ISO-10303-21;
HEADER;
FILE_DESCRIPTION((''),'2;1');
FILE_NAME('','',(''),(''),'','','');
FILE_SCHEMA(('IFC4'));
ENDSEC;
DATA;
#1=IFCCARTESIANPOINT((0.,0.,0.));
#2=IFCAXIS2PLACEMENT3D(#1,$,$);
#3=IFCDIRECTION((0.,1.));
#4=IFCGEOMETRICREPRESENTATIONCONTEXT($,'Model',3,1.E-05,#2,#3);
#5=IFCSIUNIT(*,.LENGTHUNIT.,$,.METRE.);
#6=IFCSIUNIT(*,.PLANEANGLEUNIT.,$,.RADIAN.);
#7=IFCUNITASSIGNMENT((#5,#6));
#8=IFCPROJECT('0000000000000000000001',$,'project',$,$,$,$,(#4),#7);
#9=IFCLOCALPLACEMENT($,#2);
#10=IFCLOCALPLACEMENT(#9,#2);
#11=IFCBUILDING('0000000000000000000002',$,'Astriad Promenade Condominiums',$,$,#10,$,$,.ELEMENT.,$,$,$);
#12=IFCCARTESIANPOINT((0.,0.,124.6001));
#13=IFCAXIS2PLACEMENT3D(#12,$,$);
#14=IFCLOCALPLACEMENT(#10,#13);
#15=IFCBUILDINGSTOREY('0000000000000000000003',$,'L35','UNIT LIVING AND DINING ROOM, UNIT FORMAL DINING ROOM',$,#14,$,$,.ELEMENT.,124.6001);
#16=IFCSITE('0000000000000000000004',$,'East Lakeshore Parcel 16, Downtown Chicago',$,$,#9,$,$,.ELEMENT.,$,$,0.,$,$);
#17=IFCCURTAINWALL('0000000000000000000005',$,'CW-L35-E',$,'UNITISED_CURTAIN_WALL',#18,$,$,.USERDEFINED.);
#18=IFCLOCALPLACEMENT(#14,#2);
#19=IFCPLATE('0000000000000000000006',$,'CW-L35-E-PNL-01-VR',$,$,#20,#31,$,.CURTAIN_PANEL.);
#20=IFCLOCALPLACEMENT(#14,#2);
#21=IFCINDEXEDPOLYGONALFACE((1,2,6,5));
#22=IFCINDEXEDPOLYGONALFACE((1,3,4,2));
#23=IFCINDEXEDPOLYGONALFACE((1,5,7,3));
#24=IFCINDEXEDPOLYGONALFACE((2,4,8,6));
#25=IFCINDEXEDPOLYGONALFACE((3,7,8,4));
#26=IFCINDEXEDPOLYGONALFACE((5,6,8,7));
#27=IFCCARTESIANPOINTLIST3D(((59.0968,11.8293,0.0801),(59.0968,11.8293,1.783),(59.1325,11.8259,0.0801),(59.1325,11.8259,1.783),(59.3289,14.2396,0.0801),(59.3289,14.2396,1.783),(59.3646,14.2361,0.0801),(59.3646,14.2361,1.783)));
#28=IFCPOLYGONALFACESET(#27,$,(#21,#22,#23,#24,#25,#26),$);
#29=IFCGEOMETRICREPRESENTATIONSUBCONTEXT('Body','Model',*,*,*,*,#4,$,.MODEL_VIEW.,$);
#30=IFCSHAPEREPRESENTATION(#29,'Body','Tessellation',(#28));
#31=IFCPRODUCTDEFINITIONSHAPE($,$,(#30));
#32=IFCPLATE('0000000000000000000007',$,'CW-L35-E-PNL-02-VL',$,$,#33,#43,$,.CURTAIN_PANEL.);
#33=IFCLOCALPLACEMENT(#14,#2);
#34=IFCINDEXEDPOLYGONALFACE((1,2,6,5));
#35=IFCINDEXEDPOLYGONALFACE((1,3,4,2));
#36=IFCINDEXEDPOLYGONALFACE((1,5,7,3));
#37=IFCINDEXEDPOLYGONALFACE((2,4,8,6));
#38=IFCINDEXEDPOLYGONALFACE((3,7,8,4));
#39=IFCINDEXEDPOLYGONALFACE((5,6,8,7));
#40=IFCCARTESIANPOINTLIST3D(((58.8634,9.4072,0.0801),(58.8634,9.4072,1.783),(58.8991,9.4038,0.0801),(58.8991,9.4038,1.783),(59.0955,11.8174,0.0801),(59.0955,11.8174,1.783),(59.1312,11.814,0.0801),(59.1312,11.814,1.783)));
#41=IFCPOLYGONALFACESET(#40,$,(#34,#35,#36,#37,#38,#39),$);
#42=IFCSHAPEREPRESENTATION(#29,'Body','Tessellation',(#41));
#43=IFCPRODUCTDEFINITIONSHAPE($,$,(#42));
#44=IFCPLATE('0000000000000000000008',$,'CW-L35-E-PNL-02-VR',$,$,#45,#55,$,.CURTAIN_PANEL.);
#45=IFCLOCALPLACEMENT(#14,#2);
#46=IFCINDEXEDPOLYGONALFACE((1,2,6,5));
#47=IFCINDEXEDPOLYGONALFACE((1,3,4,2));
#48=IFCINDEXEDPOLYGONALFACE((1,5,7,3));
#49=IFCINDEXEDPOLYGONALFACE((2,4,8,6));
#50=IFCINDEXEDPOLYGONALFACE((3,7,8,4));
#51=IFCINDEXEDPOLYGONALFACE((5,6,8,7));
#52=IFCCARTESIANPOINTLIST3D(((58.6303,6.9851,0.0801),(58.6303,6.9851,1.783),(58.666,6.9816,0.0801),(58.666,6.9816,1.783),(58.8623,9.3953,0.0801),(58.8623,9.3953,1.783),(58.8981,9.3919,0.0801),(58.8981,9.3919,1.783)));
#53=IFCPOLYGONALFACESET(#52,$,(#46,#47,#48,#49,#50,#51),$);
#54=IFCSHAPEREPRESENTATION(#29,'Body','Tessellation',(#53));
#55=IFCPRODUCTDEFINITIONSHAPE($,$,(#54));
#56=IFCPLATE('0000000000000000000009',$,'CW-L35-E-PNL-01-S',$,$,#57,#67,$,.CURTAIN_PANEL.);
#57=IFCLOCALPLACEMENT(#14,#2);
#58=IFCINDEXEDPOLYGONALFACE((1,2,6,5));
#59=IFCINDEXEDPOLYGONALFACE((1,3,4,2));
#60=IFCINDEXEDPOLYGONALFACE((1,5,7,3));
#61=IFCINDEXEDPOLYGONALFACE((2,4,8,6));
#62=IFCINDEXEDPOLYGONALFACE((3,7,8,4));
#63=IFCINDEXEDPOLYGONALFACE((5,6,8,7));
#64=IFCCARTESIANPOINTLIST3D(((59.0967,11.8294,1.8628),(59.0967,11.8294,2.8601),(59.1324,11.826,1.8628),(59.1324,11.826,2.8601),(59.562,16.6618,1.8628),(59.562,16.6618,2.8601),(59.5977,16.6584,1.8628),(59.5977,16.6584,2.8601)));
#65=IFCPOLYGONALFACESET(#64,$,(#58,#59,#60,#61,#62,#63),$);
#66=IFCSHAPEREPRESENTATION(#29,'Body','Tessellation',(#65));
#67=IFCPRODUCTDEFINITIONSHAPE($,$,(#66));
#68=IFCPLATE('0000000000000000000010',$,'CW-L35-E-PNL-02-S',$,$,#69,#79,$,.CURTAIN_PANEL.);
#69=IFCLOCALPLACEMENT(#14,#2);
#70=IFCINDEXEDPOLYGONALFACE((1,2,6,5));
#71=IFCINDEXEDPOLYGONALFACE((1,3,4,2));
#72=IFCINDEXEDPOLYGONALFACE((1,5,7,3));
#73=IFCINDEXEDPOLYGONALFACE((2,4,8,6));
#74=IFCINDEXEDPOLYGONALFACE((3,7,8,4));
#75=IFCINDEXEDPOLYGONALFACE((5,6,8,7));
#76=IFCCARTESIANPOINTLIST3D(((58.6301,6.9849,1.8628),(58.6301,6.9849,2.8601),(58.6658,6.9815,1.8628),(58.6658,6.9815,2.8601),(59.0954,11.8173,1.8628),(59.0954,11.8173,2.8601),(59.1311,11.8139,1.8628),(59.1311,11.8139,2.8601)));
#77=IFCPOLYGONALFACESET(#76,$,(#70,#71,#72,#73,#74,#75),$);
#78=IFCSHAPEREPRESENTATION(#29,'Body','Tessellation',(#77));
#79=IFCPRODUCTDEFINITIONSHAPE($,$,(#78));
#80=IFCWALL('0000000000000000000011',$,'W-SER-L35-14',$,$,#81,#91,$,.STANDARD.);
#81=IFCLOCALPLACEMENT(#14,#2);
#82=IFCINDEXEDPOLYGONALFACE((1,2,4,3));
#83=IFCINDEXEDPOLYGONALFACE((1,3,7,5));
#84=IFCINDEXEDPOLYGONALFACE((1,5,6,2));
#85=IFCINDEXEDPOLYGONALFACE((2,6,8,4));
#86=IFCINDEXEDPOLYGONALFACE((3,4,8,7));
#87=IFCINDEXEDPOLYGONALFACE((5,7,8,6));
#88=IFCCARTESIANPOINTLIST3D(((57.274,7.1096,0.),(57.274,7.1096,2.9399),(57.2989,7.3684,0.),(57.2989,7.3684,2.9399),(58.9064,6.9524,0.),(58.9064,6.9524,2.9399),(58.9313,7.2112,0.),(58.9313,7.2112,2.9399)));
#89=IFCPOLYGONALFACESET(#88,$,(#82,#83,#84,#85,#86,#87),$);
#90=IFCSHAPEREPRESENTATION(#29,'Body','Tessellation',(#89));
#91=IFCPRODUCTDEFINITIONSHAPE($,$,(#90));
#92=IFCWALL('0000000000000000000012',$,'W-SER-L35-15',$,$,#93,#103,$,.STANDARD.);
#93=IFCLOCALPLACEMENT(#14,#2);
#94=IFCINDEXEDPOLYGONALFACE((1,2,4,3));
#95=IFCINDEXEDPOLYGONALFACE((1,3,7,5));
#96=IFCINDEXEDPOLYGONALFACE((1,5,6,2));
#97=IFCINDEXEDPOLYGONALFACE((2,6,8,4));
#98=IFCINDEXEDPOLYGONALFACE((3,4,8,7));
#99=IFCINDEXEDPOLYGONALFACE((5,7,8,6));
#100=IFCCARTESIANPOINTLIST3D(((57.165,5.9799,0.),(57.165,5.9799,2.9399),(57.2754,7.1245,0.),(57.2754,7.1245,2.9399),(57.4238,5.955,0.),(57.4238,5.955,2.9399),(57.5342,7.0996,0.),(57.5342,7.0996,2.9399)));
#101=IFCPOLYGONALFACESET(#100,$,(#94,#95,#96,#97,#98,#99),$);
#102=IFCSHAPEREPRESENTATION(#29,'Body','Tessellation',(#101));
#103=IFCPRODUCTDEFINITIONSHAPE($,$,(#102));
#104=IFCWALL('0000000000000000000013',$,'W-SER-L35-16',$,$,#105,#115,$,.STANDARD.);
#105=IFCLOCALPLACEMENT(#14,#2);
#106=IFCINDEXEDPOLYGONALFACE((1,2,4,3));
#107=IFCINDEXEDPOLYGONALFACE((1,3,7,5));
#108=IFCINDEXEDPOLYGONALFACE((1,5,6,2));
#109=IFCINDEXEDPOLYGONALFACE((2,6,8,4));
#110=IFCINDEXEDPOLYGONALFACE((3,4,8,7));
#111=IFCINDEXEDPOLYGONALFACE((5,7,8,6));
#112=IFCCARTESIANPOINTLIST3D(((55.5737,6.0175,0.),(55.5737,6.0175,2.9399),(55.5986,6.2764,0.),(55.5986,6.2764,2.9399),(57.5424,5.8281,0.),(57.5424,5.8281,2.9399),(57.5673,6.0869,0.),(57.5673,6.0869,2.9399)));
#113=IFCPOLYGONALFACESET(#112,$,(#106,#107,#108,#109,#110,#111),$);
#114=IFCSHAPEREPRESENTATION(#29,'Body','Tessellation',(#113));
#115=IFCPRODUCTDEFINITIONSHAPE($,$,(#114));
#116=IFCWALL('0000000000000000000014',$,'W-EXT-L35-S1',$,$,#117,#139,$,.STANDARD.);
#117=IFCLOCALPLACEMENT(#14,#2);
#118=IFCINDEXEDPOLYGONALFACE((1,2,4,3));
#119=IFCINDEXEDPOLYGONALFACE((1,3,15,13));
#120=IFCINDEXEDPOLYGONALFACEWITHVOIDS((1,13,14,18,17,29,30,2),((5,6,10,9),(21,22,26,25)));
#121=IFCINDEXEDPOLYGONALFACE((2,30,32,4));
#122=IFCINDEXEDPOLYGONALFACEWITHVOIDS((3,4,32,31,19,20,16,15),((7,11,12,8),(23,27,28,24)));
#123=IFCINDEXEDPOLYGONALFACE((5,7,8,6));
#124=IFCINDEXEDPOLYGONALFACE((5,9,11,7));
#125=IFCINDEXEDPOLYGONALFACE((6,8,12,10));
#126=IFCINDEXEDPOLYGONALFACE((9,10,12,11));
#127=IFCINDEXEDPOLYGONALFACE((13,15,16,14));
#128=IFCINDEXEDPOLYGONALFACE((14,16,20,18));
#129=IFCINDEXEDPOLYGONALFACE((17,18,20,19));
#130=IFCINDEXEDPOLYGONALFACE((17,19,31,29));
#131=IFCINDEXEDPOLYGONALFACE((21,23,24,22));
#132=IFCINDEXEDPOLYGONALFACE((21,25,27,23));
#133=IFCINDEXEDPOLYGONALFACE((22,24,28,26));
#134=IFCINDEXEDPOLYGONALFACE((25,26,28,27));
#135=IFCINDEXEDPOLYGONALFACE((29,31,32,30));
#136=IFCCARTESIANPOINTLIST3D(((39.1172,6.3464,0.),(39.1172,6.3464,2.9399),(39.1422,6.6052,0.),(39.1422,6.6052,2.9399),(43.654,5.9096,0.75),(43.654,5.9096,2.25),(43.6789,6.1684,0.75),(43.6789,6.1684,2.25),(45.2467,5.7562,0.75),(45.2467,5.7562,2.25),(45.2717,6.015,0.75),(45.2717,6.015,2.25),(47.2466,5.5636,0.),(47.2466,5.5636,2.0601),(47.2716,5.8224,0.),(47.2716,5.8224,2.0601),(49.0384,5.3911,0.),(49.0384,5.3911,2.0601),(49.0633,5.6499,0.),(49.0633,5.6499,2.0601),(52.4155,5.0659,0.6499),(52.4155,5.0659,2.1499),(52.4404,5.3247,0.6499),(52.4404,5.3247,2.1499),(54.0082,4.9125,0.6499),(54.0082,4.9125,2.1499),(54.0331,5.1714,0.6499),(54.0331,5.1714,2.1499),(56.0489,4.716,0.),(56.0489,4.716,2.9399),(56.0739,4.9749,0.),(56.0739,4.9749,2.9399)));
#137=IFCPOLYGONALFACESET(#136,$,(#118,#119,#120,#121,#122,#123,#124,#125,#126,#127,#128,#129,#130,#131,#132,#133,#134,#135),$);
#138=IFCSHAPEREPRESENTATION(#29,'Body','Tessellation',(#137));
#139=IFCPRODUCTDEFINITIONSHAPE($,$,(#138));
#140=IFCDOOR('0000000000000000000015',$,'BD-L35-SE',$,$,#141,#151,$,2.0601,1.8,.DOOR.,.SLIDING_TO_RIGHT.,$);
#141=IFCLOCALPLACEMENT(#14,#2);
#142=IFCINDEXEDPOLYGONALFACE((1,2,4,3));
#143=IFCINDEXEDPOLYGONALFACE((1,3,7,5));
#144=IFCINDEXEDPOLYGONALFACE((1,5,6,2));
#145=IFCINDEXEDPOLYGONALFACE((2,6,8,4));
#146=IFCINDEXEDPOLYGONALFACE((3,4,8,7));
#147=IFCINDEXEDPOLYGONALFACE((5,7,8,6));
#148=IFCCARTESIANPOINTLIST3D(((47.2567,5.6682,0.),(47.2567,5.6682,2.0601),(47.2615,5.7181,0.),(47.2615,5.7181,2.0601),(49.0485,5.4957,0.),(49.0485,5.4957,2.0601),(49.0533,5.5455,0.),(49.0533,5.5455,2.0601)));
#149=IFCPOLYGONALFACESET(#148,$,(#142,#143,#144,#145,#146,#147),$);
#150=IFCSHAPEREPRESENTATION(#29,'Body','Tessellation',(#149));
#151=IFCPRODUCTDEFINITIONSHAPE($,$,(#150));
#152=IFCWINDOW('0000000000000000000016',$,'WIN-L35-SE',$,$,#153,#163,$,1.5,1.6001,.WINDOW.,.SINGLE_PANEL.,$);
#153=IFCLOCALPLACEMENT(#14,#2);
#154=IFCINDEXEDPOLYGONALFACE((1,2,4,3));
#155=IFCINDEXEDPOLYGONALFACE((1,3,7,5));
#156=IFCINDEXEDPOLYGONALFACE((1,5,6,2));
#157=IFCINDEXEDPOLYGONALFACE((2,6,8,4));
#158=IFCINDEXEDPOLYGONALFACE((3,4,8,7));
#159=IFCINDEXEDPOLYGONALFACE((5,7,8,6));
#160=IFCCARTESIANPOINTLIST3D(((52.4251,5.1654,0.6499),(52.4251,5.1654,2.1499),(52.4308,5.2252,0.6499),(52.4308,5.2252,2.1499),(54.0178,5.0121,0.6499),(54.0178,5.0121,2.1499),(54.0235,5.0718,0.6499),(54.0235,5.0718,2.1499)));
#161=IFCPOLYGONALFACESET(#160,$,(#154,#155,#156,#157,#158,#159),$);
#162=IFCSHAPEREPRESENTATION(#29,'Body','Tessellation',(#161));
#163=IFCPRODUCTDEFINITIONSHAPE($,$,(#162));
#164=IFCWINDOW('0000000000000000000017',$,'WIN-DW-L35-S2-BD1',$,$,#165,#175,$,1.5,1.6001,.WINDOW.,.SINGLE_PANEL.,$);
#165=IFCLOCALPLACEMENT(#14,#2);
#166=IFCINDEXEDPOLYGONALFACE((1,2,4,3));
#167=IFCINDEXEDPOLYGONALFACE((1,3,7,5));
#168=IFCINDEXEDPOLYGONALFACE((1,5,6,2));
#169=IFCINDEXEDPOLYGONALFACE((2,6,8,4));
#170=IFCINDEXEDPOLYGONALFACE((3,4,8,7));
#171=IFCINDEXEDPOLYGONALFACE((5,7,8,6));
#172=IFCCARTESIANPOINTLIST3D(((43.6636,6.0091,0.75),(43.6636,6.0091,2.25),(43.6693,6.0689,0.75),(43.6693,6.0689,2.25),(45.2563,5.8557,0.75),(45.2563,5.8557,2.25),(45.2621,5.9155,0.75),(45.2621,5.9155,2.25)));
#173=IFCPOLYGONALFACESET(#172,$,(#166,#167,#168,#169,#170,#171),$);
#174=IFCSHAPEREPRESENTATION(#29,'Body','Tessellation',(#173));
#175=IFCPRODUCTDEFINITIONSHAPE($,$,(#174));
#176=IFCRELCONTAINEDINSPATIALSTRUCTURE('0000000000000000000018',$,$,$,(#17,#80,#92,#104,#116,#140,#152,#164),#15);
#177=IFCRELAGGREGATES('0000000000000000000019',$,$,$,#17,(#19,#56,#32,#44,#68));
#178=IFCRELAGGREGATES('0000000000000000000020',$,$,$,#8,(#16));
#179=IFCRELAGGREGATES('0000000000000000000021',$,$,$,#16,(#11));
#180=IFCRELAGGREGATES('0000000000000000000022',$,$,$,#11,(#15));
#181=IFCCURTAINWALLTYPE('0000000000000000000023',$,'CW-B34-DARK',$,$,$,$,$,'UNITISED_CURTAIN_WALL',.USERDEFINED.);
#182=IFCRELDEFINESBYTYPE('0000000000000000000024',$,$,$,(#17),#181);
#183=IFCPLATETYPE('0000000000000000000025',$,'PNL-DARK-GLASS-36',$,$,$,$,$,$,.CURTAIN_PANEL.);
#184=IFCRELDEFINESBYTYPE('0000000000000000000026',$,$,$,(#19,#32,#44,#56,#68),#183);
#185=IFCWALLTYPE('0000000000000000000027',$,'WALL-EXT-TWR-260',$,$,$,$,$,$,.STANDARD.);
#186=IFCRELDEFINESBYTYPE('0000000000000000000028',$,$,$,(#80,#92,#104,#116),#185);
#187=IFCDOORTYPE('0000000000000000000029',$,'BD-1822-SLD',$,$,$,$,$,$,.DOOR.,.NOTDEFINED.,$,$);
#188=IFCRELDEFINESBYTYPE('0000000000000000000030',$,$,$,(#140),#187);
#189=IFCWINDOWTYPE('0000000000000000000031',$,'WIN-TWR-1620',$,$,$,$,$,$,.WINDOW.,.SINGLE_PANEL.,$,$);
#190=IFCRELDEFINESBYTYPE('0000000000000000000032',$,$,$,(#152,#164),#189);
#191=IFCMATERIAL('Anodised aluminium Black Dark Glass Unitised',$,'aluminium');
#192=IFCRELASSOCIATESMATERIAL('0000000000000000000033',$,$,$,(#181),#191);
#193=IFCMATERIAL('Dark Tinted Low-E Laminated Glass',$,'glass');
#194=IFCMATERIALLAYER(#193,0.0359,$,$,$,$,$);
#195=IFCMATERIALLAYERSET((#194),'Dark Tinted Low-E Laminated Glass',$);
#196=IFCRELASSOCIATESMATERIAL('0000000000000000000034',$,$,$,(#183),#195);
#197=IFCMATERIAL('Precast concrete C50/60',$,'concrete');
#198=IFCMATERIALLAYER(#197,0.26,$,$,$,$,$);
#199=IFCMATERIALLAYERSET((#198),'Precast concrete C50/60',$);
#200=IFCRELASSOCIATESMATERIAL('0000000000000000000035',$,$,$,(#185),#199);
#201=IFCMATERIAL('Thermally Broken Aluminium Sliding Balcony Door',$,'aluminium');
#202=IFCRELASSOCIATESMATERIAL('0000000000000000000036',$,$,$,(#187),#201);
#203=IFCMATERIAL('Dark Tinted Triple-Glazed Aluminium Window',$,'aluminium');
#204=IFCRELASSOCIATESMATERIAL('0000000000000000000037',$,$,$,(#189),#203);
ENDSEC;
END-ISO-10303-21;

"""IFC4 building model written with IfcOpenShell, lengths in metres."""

from ifc_helpers import new_model, si_unit, direction, frame, frame_2d, origin, origin_2d, place, context, subcontext, project, spatial, rectangle, extrude, source, transform, mapped, material, layer, layer_set, type_object, type_shapes, element, fill, aggregate, save


model = new_model("IFC4")

# Units and contexts
model_context = context("Model", 3, precision=1e-05, world=origin(), true_north=direction((0.0, 1.0)))
body_context = subcontext(model_context, "Body", "Model", "MODEL_VIEW")
ifc_project = project(units=[si_unit("LENGTHUNIT", "METRE"), si_unit("PLANEANGLEUNIT", "RADIAN")], contexts=[model_context])

# Site, building, storey
site_placement = place(None, origin())
site = spatial("IfcSite", under=ifc_project, at=site_placement, Name="East Lakeshore Parcel 16, Downtown Chicago", CompositionType="ELEMENT", RefElevation=0.0)
building_placement = place(site_placement, origin())
building = spatial("IfcBuilding", under=site, at=building_placement, Name="Astriad Promenade Condominiums", CompositionType="ELEMENT")
storey_placement = place(building_placement, frame((0.0, 0.0, 124.6001)))
storey = spatial("IfcBuildingStorey", under=building, at=storey_placement, Name="L35", Description="UNIT LIVING AND DINING ROOM, UNIT FORMAL DINING ROOM", CompositionType="ELEMENT", Elevation=124.6001)

# Curtain wall, plates
ifc_material_1 = material(Name="Anodised aluminium Black Dark Glass Unitised", Category="aluminium")
curtain_wall_type = type_object("IfcCurtainWallType", Name="CW-B34-DARK", ElementType="UNITISED_CURTAIN_WALL", PredefinedType="USERDEFINED", material=ifc_material_1)
curtain_wall_placement = place(storey_placement, origin())
curtain_wall = element("IfcCurtainWall", 1, at=curtain_wall_placement, inside=storey, type_object=curtain_wall_type, Name="CW-L35-E", ObjectType="UNITISED_CURTAIN_WALL", PredefinedType="USERDEFINED")
ifc_material_2 = material(Name="Dark Tinted Low-E Laminated Glass", Category="glass")
ifc_layer_1 = layer(ifc_material_2, 0.0359)
ifc_layer_set_1 = layer_set([ifc_layer_1], Name="Dark Tinted Low-E Laminated Glass")
plate_type = type_object("IfcPlateType", Name="PNL-DARK-GLASS-36", PredefinedType="CURTAIN_PANEL", material=ifc_layer_set_1)
shared_shape_1 = source(origin(), body_context, "Body", "SweptSolid", [
    extrude(rectangle(XDim=2.4214, YDim=0.0359, at=origin_2d()), origin(), (0.0, 0.0, 1.0), 1.7029),
])
plate_1_placement = place(storey_placement, frame((59.2307, 13.0327, 0.0801), z_axis=(0.0, 0.0, 1.0), x_axis=(-0.095846, -0.995396, 0.0)))
plate_1 = element("IfcPlate", 2, at=plate_1_placement, type_object=plate_type, Name="CW-L35-E-PNL-01-VR", PredefinedType="CURTAIN_PANEL", context=body_context, shape_type="MappedRepresentation", body=[
    mapped(shared_shape_1, transform((0.0, 0.0, 0.0), scale=1.0)),
])
plate_2_placement = place(storey_placement, frame((58.9973, 10.6106, 0.0801), z_axis=(0.0, 0.0, 1.0), x_axis=(-0.095846, -0.995396, 0.0)))
plate_2 = element("IfcPlate", 3, at=plate_2_placement, type_object=plate_type, Name="CW-L35-E-PNL-02-VL", PredefinedType="CURTAIN_PANEL", context=body_context, shape_type="MappedRepresentation", body=[
    mapped(shared_shape_1, transform((0.0, 0.0, 0.0), scale=1.0)),
])
plate_3_placement = place(storey_placement, frame((58.7642, 8.1885, 0.0801), z_axis=(0.0, 0.0, 1.0), x_axis=(-0.095846, -0.995396, 0.0)))
plate_3 = element("IfcPlate", 4, at=plate_3_placement, type_object=plate_type, Name="CW-L35-E-PNL-02-VR", PredefinedType="CURTAIN_PANEL", context=body_context, shape_type="MappedRepresentation", body=[
    mapped(shared_shape_1, transform((0.0, 0.0, 0.0), scale=1.0)),
])
shared_shape_2 = source(origin(), body_context, "Body", "SweptSolid", [
    extrude(rectangle(XDim=4.8547, YDim=0.0359, at=origin_2d()), origin(), (0.0, 0.0, 1.0), 0.9973),
])
type_shapes(plate_type, [shared_shape_1, shared_shape_2])
plate_4_placement = place(storey_placement, frame((59.3472, 14.2439, 1.8628), z_axis=(0.0, 0.0, 1.0), x_axis=(-0.095846, -0.995396, 0.0)))
plate_4 = element("IfcPlate", 5, at=plate_4_placement, type_object=plate_type, Name="CW-L35-E-PNL-01-S", PredefinedType="CURTAIN_PANEL", context=body_context, shape_type="MappedRepresentation", body=[
    mapped(shared_shape_2, transform((0.0, 0.0, 0.0), scale=1.0)),
])
plate_5_placement = place(storey_placement, frame((58.8806, 9.3994, 1.8628), z_axis=(0.0, 0.0, 1.0), x_axis=(-0.095846, -0.995396, 0.0)))
plate_5 = element("IfcPlate", 6, at=plate_5_placement, type_object=plate_type, Name="CW-L35-E-PNL-02-S", PredefinedType="CURTAIN_PANEL", context=body_context, shape_type="MappedRepresentation", body=[
    mapped(shared_shape_2, transform((0.0, 0.0, 0.0), scale=1.0)),
])
aggregate(curtain_wall, [plate_1, plate_4, plate_2, plate_3, plate_5])

# Walls
ifc_material_3 = material(Name="Precast concrete C50/60", Category="concrete")
ifc_layer_2 = layer(ifc_material_3, 0.26)
ifc_layer_set_2 = layer_set([ifc_layer_2], Name="Precast concrete C50/60")
wall_type_1 = type_object("IfcWallType", Name="WALL-EXT-TWR-260", PredefinedType="STANDARD", material=ifc_layer_set_2)
wall_1_placement = place(storey_placement, frame((58.9187, 7.0818, 0.0), z_axis=(0.0, 0.0, 1.0), x_axis=(-0.995393, 0.095877, 0.0)))
element("IfcWall", 7, at=wall_1_placement, inside=storey, type_object=wall_type_1, Name="W-SER-L35-14", PredefinedType="STANDARD", context=body_context, shape_type="SweptSolid", body=[
    extrude(rectangle(XDim=1.6399, YDim=0.26, at=frame_2d((0.8198, 0.0))), origin(), (0.0, 0.0, 1.0), 2.9399),
])
wall_2_placement = place(storey_placement, frame((57.4048, 7.1121, 0.0), z_axis=(0.0, 0.0, 1.0), x_axis=(-0.095971, -0.995384, 0.0)))
element("IfcWall", 8, at=wall_2_placement, inside=storey, type_object=wall_type_1, Name="W-SER-L35-15", PredefinedType="STANDARD", context=body_context, shape_type="SweptSolid", body=[
    extrude(rectangle(XDim=1.1499, YDim=0.26, at=frame_2d((0.575, 0.0))), origin(), (0.0, 0.0, 1.0), 2.9399),
])
wall_3_placement = place(storey_placement, frame((57.5547, 5.9575, 0.0), z_axis=(0.0, 0.0, 1.0), x_axis=(-0.995402, 0.095788, 0.0)))
element("IfcWall", 9, at=wall_3_placement, inside=storey, type_object=wall_type_1, Name="W-SER-L35-16", PredefinedType="STANDARD", context=body_context, shape_type="SweptSolid", body=[
    extrude(rectangle(XDim=1.9778, YDim=0.26, at=frame_2d((0.9888, 0.0))), origin(), (0.0, 0.0, 1.0), 2.9399),
])

# Wall, openings, door, windows
wall_4_placement = place(storey_placement, frame((56.0613, 4.8455, 0.0), z_axis=(0.0, 0.0, 1.0), x_axis=(-0.995396, 0.095848, 0.0)))
wall_4 = element("IfcWall", 10, at=wall_4_placement, inside=storey, type_object=wall_type_1, Name="W-EXT-L35-S1", PredefinedType="STANDARD", context=body_context, shape_type="SweptSolid", body=[
    extrude(rectangle(XDim=17.01, YDim=0.26, at=frame_2d((8.5049, 0.0))), origin(), (0.0, 0.0, 1.0), 2.9399),
])
opening_1_placement = place(wall_4_placement, frame((7.043, 0.0, 0.0)))
opening_1 = element("IfcOpeningElement", 11, at=opening_1_placement, cuts=wall_4, PredefinedType="OPENING", context=body_context, shape_type="SweptSolid", body=[
    extrude(rectangle(XDim=1.8, YDim=2.0601, at=frame_2d((0.8999, 1.03))), frame((0.0, 0.1399, 0.0), z_axis=(0.0, -1.0, 0.0), x_axis=(1.0, 0.0, 0.0)), (0.0, 0.0, 1.0), 0.28),
])
opening_2_placement = place(wall_4_placement, frame((2.05, 0.0, 0.6499)))
opening_2 = element("IfcOpeningElement", 12, at=opening_2_placement, cuts=wall_4, PredefinedType="OPENING", context=body_context, shape_type="SweptSolid", body=[
    extrude(rectangle(XDim=1.6001, YDim=1.5, at=frame_2d((0.8, 0.75))), frame((0.0, 0.1399, 0.0), z_axis=(0.0, -1.0, 0.0), x_axis=(1.0, 0.0, 0.0)), (0.0, 0.0, 1.0), 0.28),
])
opening_3_placement = place(wall_4_placement, frame((10.8521, 0.0, 0.75)))
opening_3 = element("IfcOpeningElement", 13, at=opening_3_placement, cuts=wall_4, PredefinedType="OPENING", context=body_context, shape_type="SweptSolid", body=[
    extrude(rectangle(XDim=1.6001, YDim=1.5, at=frame_2d((0.8, 0.75))), frame((0.0, 0.1399, 0.0), z_axis=(0.0, -1.0, 0.0), x_axis=(1.0, 0.0, 0.0)), (0.0, 0.0, 1.0), 0.28),
])
ifc_material_4 = material(Name="Thermally Broken Aluminium Sliding Balcony Door", Category="aluminium")
door_type = type_object("IfcDoorType", Name="BD-1822-SLD", OperationType="NOTDEFINED", PredefinedType="DOOR", material=ifc_material_4)
shared_shape_3 = source(origin(), body_context, "Body", "SweptSolid", [
    extrude(rectangle(XDim=1.8, YDim=2.0601, at=frame_2d((0.8999, 1.03))), frame((0.0, 0.0249, 0.0), z_axis=(0.0, -1.0, 0.0), x_axis=(1.0, 0.0, 0.0)), (0.0, 0.0, 1.0), 0.05),
])
type_shapes(door_type, [shared_shape_3])
door_placement = place(opening_1_placement, origin())
door = element("IfcDoor", 14, at=door_placement, inside=storey, type_object=door_type, Name="BD-L35-SE", OperationType="SLIDING_TO_RIGHT", OverallHeight=2.0601, OverallWidth=1.8, PredefinedType="DOOR", context=body_context, shape_type="MappedRepresentation", body=[
    mapped(shared_shape_3, transform((0.0, 0.0, 0.0), scale=1.0)),
])
fill(opening_1, door)
ifc_material_5 = material(Name="Dark Tinted Triple-Glazed Aluminium Window", Category="aluminium")
window_type = type_object("IfcWindowType", Name="WIN-TWR-1620", PartitioningType="SINGLE_PANEL", PredefinedType="WINDOW", material=ifc_material_5)
shared_shape_4 = source(origin(), body_context, "Body", "SweptSolid", [
    extrude(rectangle(XDim=1.6001, YDim=1.5, at=frame_2d((0.8, 0.75))), frame((0.0, 0.03, 0.0), z_axis=(0.0, -1.0, 0.0), x_axis=(1.0, 0.0, 0.0)), (0.0, 0.0, 1.0), 0.0601),
])
type_shapes(window_type, [shared_shape_4])
window_1_placement = place(opening_2_placement, origin())
window_1 = element("IfcWindow", 15, at=window_1_placement, inside=storey, type_object=window_type, Name="WIN-L35-SE", OverallHeight=1.5, OverallWidth=1.6001, PartitioningType="SINGLE_PANEL", PredefinedType="WINDOW", context=body_context, shape_type="MappedRepresentation", body=[
    mapped(shared_shape_4, transform((0.0, 0.0, 0.0), scale=1.0)),
])
fill(opening_2, window_1)
window_2_placement = place(opening_3_placement, origin())
window_2 = element("IfcWindow", 16, at=window_2_placement, inside=storey, type_object=window_type, Name="WIN-DW-L35-S2-BD1", OverallHeight=1.5, OverallWidth=1.6001, PartitioningType="SINGLE_PANEL", PredefinedType="WINDOW", context=body_context, shape_type="MappedRepresentation", body=[
    mapped(shared_shape_4, transform((0.0, 0.0, 0.0), scale=1.0)),
])
fill(opening_3, window_2)

save(model, "model.ifc")
